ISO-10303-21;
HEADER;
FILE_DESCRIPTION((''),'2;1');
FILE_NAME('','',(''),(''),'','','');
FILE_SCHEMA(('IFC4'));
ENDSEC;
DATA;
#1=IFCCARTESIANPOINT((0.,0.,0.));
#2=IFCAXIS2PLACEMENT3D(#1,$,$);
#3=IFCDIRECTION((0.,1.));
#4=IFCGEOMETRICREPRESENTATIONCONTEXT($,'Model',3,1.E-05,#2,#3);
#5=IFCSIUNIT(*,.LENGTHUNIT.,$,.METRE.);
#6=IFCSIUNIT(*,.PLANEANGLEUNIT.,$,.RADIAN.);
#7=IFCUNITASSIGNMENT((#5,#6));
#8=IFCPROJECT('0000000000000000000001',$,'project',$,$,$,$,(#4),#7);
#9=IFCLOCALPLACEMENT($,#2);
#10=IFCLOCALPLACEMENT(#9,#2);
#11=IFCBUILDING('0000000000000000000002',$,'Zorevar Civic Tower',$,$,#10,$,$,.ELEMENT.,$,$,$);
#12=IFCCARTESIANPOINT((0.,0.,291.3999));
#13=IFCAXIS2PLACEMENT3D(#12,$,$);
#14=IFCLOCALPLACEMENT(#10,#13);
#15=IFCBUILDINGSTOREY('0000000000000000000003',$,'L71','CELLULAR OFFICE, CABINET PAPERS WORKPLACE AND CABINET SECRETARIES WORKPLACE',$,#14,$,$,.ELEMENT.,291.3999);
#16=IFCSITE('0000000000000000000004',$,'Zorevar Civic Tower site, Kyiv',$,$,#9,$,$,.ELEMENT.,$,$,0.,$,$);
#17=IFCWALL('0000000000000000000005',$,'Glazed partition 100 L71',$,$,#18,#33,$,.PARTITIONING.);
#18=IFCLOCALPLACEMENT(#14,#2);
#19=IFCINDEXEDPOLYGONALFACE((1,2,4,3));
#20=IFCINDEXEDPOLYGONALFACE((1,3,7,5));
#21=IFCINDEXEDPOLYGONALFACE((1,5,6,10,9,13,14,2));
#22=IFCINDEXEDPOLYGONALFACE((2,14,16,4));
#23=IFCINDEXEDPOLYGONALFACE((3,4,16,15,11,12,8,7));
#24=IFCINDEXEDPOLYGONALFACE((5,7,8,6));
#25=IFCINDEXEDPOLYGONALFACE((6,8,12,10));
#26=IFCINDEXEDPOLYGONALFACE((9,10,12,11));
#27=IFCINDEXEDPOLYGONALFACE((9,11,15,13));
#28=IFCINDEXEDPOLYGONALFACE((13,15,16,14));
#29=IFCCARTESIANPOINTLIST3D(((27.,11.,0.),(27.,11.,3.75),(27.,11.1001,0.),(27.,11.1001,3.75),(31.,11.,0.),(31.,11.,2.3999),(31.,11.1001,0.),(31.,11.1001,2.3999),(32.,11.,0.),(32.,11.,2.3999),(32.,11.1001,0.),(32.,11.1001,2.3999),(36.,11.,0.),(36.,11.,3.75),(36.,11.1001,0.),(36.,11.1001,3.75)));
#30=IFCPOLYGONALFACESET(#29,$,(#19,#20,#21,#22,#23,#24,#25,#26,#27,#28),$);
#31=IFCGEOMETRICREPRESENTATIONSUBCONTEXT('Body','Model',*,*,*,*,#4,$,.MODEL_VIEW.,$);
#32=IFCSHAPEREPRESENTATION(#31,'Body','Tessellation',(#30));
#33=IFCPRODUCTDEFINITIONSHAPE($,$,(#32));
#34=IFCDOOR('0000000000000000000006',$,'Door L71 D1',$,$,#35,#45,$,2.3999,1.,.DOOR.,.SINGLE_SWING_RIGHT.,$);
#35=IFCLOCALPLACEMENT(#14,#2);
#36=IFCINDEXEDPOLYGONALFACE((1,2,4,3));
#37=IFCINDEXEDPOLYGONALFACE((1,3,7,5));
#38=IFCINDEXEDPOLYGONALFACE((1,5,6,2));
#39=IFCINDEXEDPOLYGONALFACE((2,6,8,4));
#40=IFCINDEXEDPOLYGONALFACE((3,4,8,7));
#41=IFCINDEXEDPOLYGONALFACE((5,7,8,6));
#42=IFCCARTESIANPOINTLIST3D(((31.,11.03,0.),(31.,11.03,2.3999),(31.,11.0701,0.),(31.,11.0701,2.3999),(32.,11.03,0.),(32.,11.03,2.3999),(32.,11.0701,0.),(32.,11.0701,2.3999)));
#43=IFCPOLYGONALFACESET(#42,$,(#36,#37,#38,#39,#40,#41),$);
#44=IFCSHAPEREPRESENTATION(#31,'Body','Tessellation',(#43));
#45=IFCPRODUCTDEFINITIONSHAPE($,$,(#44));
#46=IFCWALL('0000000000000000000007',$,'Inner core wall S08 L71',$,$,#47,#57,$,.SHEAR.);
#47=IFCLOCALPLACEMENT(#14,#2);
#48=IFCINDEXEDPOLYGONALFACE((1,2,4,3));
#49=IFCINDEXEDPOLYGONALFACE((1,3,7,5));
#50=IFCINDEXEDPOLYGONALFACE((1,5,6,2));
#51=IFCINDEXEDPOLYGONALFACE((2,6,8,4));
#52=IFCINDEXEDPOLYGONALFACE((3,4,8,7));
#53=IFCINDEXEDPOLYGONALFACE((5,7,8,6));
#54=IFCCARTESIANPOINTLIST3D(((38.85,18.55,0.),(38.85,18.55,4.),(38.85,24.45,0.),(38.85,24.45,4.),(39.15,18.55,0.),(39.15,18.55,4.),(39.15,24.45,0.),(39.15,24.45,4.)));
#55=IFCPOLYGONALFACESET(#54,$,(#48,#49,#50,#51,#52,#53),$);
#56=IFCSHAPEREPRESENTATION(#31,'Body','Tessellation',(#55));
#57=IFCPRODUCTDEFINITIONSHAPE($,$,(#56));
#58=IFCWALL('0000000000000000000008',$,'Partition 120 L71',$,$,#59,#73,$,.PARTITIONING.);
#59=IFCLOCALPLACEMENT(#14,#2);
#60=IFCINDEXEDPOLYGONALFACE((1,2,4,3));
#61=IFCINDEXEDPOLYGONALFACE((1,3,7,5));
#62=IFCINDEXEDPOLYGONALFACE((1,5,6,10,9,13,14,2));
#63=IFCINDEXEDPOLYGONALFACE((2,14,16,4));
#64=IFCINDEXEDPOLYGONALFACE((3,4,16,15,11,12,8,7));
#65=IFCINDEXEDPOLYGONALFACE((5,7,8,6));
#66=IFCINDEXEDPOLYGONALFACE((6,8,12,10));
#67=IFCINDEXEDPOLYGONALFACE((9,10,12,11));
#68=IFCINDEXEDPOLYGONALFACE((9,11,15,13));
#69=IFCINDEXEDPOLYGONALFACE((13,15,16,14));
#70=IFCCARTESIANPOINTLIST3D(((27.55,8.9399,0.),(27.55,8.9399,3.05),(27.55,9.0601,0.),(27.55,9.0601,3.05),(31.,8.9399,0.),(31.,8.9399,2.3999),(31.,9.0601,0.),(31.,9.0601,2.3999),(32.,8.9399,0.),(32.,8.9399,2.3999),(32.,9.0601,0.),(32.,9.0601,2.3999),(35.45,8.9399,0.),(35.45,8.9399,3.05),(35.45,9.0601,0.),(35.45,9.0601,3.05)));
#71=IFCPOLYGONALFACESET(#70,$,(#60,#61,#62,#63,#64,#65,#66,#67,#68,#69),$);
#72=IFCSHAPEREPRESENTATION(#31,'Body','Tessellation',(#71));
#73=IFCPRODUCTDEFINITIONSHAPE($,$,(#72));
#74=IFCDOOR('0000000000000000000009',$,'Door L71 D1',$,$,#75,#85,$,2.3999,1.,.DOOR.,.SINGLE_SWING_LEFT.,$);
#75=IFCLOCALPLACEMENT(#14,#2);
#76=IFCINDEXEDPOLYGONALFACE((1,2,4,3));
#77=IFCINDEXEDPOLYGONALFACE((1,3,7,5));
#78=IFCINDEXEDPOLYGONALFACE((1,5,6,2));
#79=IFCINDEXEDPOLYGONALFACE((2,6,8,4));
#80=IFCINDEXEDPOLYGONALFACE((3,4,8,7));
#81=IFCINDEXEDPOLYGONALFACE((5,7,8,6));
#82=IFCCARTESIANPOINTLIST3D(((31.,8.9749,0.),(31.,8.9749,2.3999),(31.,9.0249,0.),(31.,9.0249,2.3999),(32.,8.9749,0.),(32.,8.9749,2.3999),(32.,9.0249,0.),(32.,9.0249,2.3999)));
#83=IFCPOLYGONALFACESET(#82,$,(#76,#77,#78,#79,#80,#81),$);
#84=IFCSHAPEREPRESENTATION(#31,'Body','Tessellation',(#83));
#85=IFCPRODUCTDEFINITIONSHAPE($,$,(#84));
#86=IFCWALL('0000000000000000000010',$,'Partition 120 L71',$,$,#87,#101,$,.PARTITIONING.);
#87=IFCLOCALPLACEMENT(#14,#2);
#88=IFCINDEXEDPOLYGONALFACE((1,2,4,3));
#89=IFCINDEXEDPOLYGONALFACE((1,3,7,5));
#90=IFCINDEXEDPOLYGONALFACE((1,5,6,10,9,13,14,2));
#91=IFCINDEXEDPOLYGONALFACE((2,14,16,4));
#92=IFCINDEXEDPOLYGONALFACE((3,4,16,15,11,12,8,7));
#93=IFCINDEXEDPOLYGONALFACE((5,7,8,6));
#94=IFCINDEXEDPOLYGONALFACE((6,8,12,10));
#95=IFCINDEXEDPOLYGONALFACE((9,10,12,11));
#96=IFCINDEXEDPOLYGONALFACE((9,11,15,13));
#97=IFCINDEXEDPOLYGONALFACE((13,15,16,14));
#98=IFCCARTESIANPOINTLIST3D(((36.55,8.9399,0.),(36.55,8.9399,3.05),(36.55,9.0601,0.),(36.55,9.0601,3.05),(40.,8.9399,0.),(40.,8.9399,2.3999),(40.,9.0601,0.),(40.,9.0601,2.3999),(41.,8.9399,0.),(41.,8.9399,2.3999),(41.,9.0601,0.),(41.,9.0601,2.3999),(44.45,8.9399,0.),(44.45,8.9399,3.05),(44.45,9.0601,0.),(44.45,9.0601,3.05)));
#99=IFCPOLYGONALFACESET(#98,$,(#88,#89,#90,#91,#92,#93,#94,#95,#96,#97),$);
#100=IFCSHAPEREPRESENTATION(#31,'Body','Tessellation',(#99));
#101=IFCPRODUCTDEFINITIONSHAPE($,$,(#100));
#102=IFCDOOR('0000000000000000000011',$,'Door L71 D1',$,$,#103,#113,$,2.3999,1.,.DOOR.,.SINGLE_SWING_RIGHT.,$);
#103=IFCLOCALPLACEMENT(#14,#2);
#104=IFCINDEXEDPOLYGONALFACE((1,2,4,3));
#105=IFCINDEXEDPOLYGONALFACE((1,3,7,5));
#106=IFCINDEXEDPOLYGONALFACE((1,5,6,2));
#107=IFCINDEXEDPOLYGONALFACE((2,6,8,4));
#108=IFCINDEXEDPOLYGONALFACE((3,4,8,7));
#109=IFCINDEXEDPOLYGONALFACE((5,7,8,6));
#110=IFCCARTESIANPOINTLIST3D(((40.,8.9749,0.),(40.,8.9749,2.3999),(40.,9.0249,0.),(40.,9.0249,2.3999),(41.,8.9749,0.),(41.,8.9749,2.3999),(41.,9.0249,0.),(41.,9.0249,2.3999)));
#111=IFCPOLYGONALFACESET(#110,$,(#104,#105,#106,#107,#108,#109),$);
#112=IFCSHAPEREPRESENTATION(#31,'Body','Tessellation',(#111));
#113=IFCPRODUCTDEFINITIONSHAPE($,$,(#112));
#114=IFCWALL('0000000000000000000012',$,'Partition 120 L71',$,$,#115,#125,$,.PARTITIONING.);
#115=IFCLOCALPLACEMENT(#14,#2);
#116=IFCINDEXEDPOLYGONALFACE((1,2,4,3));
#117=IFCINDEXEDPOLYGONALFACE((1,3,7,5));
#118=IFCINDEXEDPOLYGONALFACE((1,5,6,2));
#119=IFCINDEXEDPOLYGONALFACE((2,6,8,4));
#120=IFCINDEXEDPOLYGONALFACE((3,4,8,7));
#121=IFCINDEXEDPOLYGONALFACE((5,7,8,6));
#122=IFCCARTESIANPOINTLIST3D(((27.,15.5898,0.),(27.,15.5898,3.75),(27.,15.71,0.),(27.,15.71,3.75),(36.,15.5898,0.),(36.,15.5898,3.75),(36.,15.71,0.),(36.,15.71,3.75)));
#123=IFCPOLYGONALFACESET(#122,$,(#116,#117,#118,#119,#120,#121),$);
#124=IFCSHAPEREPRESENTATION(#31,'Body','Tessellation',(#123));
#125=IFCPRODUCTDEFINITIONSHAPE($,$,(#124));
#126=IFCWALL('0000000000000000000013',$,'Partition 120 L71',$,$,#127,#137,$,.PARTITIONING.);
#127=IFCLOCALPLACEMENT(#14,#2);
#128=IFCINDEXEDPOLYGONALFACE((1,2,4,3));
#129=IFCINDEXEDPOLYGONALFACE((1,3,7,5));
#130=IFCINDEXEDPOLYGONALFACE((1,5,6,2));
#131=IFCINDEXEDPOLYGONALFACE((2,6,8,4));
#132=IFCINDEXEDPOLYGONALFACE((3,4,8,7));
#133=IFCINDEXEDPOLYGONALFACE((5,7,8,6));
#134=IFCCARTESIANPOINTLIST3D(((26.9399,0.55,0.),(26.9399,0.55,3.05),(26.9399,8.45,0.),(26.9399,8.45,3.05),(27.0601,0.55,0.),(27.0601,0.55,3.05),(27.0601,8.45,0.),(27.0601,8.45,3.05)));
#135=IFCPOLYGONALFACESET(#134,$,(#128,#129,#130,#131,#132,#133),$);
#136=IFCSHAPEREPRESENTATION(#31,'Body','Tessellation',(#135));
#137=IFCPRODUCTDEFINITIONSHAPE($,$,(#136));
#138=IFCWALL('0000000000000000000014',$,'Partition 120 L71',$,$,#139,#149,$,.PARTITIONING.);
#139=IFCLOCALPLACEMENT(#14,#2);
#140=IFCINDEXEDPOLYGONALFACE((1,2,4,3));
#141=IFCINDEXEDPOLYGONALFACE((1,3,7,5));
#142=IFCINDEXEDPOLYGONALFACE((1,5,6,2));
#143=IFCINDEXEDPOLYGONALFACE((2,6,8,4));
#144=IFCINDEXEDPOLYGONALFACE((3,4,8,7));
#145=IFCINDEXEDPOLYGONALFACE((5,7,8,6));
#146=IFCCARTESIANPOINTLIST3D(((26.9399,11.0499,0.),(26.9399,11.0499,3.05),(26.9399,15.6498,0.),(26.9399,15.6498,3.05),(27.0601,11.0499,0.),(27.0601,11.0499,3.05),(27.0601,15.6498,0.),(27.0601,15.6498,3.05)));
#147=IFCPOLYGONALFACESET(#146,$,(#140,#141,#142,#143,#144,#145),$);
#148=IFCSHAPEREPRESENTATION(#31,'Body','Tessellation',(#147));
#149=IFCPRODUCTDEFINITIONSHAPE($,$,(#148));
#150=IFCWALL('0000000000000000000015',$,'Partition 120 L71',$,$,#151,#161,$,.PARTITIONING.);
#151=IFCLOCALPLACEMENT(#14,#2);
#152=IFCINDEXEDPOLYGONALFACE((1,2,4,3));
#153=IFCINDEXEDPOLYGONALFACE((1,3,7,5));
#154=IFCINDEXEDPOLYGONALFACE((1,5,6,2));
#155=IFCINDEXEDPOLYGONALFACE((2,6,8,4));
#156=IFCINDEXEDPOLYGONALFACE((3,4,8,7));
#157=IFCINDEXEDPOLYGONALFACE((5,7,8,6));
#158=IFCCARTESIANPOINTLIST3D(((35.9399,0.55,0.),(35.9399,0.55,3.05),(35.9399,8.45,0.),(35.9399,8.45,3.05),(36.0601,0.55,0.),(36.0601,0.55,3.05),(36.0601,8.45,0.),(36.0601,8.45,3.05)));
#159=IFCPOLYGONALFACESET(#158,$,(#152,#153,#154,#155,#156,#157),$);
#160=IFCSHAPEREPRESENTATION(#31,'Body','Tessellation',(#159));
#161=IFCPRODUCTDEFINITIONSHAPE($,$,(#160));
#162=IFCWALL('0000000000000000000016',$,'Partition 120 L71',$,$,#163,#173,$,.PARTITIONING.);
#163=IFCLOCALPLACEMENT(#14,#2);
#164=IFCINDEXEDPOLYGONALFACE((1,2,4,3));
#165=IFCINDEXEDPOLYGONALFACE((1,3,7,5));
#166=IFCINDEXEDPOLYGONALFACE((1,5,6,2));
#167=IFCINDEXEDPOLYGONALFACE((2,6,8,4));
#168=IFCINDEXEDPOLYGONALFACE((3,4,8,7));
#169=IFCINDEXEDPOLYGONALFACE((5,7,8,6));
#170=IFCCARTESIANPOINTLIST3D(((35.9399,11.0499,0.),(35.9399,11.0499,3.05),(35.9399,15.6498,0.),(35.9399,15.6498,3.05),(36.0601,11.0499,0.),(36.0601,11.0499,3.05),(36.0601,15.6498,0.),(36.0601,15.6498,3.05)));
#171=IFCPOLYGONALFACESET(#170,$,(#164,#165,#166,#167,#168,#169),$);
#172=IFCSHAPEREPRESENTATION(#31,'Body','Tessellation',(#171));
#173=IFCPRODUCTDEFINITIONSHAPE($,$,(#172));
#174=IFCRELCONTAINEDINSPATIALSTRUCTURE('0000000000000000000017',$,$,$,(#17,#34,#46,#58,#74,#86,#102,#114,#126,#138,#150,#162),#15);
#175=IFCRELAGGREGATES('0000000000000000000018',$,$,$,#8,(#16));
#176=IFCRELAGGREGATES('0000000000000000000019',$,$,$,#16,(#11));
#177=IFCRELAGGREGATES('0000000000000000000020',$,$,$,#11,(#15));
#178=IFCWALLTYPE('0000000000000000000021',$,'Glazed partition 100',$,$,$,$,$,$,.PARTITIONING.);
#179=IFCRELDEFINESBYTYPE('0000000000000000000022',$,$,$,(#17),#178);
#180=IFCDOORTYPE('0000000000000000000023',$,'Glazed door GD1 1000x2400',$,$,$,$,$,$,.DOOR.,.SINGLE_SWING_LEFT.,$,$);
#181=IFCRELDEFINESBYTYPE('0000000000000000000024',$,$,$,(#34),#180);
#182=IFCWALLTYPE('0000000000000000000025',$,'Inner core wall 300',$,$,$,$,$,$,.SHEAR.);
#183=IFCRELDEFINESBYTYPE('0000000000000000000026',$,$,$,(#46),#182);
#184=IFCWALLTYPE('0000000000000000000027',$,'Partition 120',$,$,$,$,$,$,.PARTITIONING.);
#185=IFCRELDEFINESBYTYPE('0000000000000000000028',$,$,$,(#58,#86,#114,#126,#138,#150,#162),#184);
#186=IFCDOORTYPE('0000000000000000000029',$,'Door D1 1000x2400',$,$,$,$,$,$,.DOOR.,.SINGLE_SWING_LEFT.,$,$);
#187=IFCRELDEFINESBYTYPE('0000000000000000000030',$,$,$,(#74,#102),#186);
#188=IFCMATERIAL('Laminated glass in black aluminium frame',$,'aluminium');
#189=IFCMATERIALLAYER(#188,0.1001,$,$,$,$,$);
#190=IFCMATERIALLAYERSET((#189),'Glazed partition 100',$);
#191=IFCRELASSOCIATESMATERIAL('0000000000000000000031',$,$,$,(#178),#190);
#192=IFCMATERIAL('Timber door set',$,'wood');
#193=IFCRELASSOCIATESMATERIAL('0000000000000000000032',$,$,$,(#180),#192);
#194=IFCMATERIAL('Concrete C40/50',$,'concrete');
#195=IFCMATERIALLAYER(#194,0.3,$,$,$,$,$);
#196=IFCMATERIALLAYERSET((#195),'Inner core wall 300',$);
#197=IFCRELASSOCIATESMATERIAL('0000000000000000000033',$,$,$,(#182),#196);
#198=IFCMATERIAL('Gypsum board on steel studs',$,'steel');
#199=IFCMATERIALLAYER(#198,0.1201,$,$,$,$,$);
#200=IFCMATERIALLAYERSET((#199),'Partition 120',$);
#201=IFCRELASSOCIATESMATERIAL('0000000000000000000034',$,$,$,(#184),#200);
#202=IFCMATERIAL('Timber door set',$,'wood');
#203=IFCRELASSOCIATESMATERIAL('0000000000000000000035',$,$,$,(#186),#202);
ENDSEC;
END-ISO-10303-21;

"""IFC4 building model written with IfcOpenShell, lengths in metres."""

from ifc_helpers import new_model, si_unit, direction, frame, frame_2d, origin, place, context, subcontext, project, spatial, rectangle, extrude, material, layer, layer_set, type_object, element, fill, save


model = new_model("IFC4")

# Units and contexts
model_context = context("Model", 3, precision=1e-05, world=origin(), true_north=direction((0.0, 1.0)))
body_context = subcontext(model_context, "Body", "Model", "MODEL_VIEW")
ifc_project = project(units=[si_unit("LENGTHUNIT", "METRE"), si_unit("PLANEANGLEUNIT", "RADIAN")], contexts=[model_context])

# Site, building, storey
site_placement = place(None, origin())
site = spatial("IfcSite", under=ifc_project, at=site_placement, Name="Zorevar Civic Tower site, Kyiv", CompositionType="ELEMENT", RefElevation=0.0)
building_placement = place(site_placement, origin())
building = spatial("IfcBuilding", under=site, at=building_placement, Name="Zorevar Civic Tower", CompositionType="ELEMENT")
storey_placement = place(building_placement, frame((0.0, 0.0, 291.3999)))
storey = spatial("IfcBuildingStorey", under=building, at=storey_placement, Name="L71", Description="CELLULAR OFFICE, CABINET PAPERS WORKPLACE AND CABINET SECRETARIES WORKPLACE", CompositionType="ELEMENT", Elevation=291.3999)

# Wall, opening, door
ifc_material_1 = material(Name="Laminated glass in black aluminium frame", Category="aluminium")
ifc_layer_1 = layer(ifc_material_1, 0.1001)
ifc_layer_set_1 = layer_set([ifc_layer_1], Name="Glazed partition 100")
wall_type_1 = type_object("IfcWallType", Name="Glazed partition 100", PredefinedType="PARTITIONING", material=ifc_layer_set_1)
wall_1_placement = place(storey_placement, frame((27.0, 11.05, 0.0), z_axis=(0.0, 0.0, 1.0), x_axis=(1.0, 0.0, 0.0)))
wall_1 = element("IfcWall", 1, at=wall_1_placement, inside=storey, type_object=wall_type_1, Name="Glazed partition 100 L71", PredefinedType="PARTITIONING", context=body_context, shape_type="SweptSolid", body=[
    extrude(rectangle(XDim=9.0, YDim=0.1001, at=frame_2d((4.5, 0.0))), origin(), (0.0, 0.0, 1.0), 3.75),
])
opening_1_placement = place(wall_1_placement, frame((4.0, 0.0, 0.0)))
opening_1 = element("IfcOpeningElement", 2, at=opening_1_placement, cuts=wall_1, PredefinedType="OPENING", context=body_context, shape_type="SweptSolid", body=[
    extrude(rectangle(XDim=1.0, YDim=2.3999, at=frame_2d((0.5, 1.2))), frame((0.0, 0.0601, 0.0), z_axis=(0.0, -1.0, 0.0), x_axis=(1.0, 0.0, 0.0)), (0.0, 0.0, 1.0), 0.1201),
])
ifc_material_2 = material(Name="Timber door set", Category="wood")
door_type_1 = type_object("IfcDoorType", Name="Glazed door GD1 1000x2400", OperationType="SINGLE_SWING_LEFT", PredefinedType="DOOR", material=ifc_material_2)
door_1_placement = place(opening_1_placement, origin())
door_1 = element("IfcDoor", 3, at=door_1_placement, inside=storey, type_object=door_type_1, Name="Door L71 D1", OperationType="SINGLE_SWING_RIGHT", OverallHeight=2.3999, OverallWidth=1.0, PredefinedType="DOOR", context=body_context, shape_type="SweptSolid", body=[
    extrude(rectangle(XDim=1.0, YDim=2.3999, at=frame_2d((0.5, 1.2))), frame((0.0, 0.02, 0.0), z_axis=(0.0, -1.0, 0.0), x_axis=(1.0, 0.0, 0.0)), (0.0, 0.0, 1.0), 0.04),
])
fill(opening_1, door_1)

# Wall
ifc_material_3 = material(Name="Concrete C40/50", Category="concrete")
ifc_layer_2 = layer(ifc_material_3, 0.3)
ifc_layer_set_2 = layer_set([ifc_layer_2], Name="Inner core wall 300")
wall_type_2 = type_object("IfcWallType", Name="Inner core wall 300", PredefinedType="SHEAR", material=ifc_layer_set_2)
wall_2_placement = place(storey_placement, frame((39.0, 18.55, 0.0), z_axis=(0.0, 0.0, 1.0), x_axis=(0.0, 1.0, 0.0)))
element("IfcWall", 4, at=wall_2_placement, inside=storey, type_object=wall_type_2, Name="Inner core wall S08 L71", PredefinedType="SHEAR", context=body_context, shape_type="SweptSolid", body=[
    extrude(rectangle(XDim=5.8999, YDim=0.3, at=frame_2d((2.95, 0.0))), origin(), (0.0, 0.0, 1.0), 4.0),
])

# Walls, openings, doors
ifc_material_4 = material(Name="Gypsum board on steel studs", Category="steel")
ifc_layer_3 = layer(ifc_material_4, 0.1201)
ifc_layer_set_3 = layer_set([ifc_layer_3], Name="Partition 120")
wall_type_3 = type_object("IfcWallType", Name="Partition 120", PredefinedType="PARTITIONING", material=ifc_layer_set_3)
wall_3_placement = place(storey_placement, frame((27.55, 9.0, 0.0), z_axis=(0.0, 0.0, 1.0), x_axis=(1.0, 0.0, 0.0)))
wall_3 = element("IfcWall", 5, at=wall_3_placement, inside=storey, type_object=wall_type_3, Name="Partition 120 L71", PredefinedType="PARTITIONING", context=body_context, shape_type="SweptSolid", body=[
    extrude(rectangle(XDim=7.8999, YDim=0.1201, at=frame_2d((3.95, 0.0))), origin(), (0.0, 0.0, 1.0), 3.05),
])
opening_2_placement = place(wall_3_placement, frame((3.45, 0.0, 0.0)))
opening_2 = element("IfcOpeningElement", 6, at=opening_2_placement, cuts=wall_3, PredefinedType="OPENING", context=body_context, shape_type="SweptSolid", body=[
    extrude(rectangle(XDim=1.0, YDim=2.3999, at=frame_2d((0.5, 1.2))), frame((0.0, 0.0701, 0.0), z_axis=(0.0, -1.0, 0.0), x_axis=(1.0, 0.0, 0.0)), (0.0, 0.0, 1.0), 0.1401),
])
ifc_material_5 = material(Name="Timber door set", Category="wood")
door_type_2 = type_object("IfcDoorType", Name="Door D1 1000x2400", OperationType="SINGLE_SWING_LEFT", PredefinedType="DOOR", material=ifc_material_5)
door_2_placement = place(opening_2_placement, origin())
door_2 = element("IfcDoor", 7, at=door_2_placement, inside=storey, type_object=door_type_2, Name="Door L71 D1", OperationType="SINGLE_SWING_LEFT", OverallHeight=2.3999, OverallWidth=1.0, PredefinedType="DOOR", context=body_context, shape_type="SweptSolid", body=[
    extrude(rectangle(XDim=1.0, YDim=2.3999, at=frame_2d((0.5, 1.2))), frame((0.0, 0.0249, 0.0), z_axis=(0.0, -1.0, 0.0), x_axis=(1.0, 0.0, 0.0)), (0.0, 0.0, 1.0), 0.05),
])
fill(opening_2, door_2)
wall_4_placement = place(storey_placement, frame((36.55, 9.0, 0.0), z_axis=(0.0, 0.0, 1.0), x_axis=(1.0, 0.0, 0.0)))
wall_4 = element("IfcWall", 8, at=wall_4_placement, inside=storey, type_object=wall_type_3, Name="Partition 120 L71", PredefinedType="PARTITIONING", context=body_context, shape_type="SweptSolid", body=[
    extrude(rectangle(XDim=7.8999, YDim=0.1201, at=frame_2d((3.95, 0.0))), origin(), (0.0, 0.0, 1.0), 3.05),
])
opening_3_placement = place(wall_4_placement, frame((3.45, 0.0, 0.0)))
opening_3 = element("IfcOpeningElement", 9, at=opening_3_placement, cuts=wall_4, PredefinedType="OPENING", context=body_context, shape_type="SweptSolid", body=[
    extrude(rectangle(XDim=1.0, YDim=2.3999, at=frame_2d((0.5, 1.2))), frame((0.0, 0.0701, 0.0), z_axis=(0.0, -1.0, 0.0), x_axis=(1.0, 0.0, 0.0)), (0.0, 0.0, 1.0), 0.1401),
])
door_3_placement = place(opening_3_placement, origin())
door_3 = element("IfcDoor", 10, at=door_3_placement, inside=storey, type_object=door_type_2, Name="Door L71 D1", OperationType="SINGLE_SWING_RIGHT", OverallHeight=2.3999, OverallWidth=1.0, PredefinedType="DOOR", context=body_context, shape_type="SweptSolid", body=[
    extrude(rectangle(XDim=1.0, YDim=2.3999, at=frame_2d((0.5, 1.2))), frame((0.0, 0.0249, 0.0), z_axis=(0.0, -1.0, 0.0), x_axis=(1.0, 0.0, 0.0)), (0.0, 0.0, 1.0), 0.05),
])
fill(opening_3, door_3)

# Walls
wall_5_placement = place(storey_placement, frame((27.0, 15.6499, 0.0), z_axis=(0.0, 0.0, 1.0), x_axis=(1.0, 0.0, 0.0)))
element("IfcWall", 11, at=wall_5_placement, inside=storey, type_object=wall_type_3, Name="Partition 120 L71", PredefinedType="PARTITIONING", context=body_context, shape_type="SweptSolid", body=[
    extrude(rectangle(XDim=9.0, YDim=0.1201, at=frame_2d((4.5, 0.0))), origin(), (0.0, 0.0, 1.0), 3.75),
])
wall_6_placement = place(storey_placement, frame((27.0, 0.55, 0.0), z_axis=(0.0, 0.0, 1.0), x_axis=(0.0, 1.0, 0.0)))
element("IfcWall", 12, at=wall_6_placement, inside=storey, type_object=wall_type_3, Name="Partition 120 L71", PredefinedType="PARTITIONING", context=body_context, shape_type="SweptSolid", body=[
    extrude(rectangle(XDim=7.8999, YDim=0.1201, at=frame_2d((3.95, 0.0))), origin(), (0.0, 0.0, 1.0), 3.05),
])
wall_7_placement = place(storey_placement, frame((27.0, 11.05, 0.0), z_axis=(0.0, 0.0, 1.0), x_axis=(0.0, 1.0, 0.0)))
element("IfcWall", 13, at=wall_7_placement, inside=storey, type_object=wall_type_3, Name="Partition 120 L71", PredefinedType="PARTITIONING", context=body_context, shape_type="SweptSolid", body=[
    extrude(rectangle(XDim=4.5999, YDim=0.1201, at=frame_2d((2.2998, 0.0))), origin(), (0.0, 0.0, 1.0), 3.05),
])
wall_8_placement = place(storey_placement, frame((36.0, 0.55, 0.0), z_axis=(0.0, 0.0, 1.0), x_axis=(0.0, 1.0, 0.0)))
element("IfcWall", 14, at=wall_8_placement, inside=storey, type_object=wall_type_3, Name="Partition 120 L71", PredefinedType="PARTITIONING", context=body_context, shape_type="SweptSolid", body=[
    extrude(rectangle(XDim=7.8999, YDim=0.1201, at=frame_2d((3.95, 0.0))), origin(), (0.0, 0.0, 1.0), 3.05),
])
wall_9_placement = place(storey_placement, frame((36.0, 11.05, 0.0), z_axis=(0.0, 0.0, 1.0), x_axis=(0.0, 1.0, 0.0)))
element("IfcWall", 15, at=wall_9_placement, inside=storey, type_object=wall_type_3, Name="Partition 120 L71", PredefinedType="PARTITIONING", context=body_context, shape_type="SweptSolid", body=[
    extrude(rectangle(XDim=4.5999, YDim=0.1201, at=frame_2d((2.2998, 0.0))), origin(), (0.0, 0.0, 1.0), 3.05),
])

save(model, "model.ifc")
